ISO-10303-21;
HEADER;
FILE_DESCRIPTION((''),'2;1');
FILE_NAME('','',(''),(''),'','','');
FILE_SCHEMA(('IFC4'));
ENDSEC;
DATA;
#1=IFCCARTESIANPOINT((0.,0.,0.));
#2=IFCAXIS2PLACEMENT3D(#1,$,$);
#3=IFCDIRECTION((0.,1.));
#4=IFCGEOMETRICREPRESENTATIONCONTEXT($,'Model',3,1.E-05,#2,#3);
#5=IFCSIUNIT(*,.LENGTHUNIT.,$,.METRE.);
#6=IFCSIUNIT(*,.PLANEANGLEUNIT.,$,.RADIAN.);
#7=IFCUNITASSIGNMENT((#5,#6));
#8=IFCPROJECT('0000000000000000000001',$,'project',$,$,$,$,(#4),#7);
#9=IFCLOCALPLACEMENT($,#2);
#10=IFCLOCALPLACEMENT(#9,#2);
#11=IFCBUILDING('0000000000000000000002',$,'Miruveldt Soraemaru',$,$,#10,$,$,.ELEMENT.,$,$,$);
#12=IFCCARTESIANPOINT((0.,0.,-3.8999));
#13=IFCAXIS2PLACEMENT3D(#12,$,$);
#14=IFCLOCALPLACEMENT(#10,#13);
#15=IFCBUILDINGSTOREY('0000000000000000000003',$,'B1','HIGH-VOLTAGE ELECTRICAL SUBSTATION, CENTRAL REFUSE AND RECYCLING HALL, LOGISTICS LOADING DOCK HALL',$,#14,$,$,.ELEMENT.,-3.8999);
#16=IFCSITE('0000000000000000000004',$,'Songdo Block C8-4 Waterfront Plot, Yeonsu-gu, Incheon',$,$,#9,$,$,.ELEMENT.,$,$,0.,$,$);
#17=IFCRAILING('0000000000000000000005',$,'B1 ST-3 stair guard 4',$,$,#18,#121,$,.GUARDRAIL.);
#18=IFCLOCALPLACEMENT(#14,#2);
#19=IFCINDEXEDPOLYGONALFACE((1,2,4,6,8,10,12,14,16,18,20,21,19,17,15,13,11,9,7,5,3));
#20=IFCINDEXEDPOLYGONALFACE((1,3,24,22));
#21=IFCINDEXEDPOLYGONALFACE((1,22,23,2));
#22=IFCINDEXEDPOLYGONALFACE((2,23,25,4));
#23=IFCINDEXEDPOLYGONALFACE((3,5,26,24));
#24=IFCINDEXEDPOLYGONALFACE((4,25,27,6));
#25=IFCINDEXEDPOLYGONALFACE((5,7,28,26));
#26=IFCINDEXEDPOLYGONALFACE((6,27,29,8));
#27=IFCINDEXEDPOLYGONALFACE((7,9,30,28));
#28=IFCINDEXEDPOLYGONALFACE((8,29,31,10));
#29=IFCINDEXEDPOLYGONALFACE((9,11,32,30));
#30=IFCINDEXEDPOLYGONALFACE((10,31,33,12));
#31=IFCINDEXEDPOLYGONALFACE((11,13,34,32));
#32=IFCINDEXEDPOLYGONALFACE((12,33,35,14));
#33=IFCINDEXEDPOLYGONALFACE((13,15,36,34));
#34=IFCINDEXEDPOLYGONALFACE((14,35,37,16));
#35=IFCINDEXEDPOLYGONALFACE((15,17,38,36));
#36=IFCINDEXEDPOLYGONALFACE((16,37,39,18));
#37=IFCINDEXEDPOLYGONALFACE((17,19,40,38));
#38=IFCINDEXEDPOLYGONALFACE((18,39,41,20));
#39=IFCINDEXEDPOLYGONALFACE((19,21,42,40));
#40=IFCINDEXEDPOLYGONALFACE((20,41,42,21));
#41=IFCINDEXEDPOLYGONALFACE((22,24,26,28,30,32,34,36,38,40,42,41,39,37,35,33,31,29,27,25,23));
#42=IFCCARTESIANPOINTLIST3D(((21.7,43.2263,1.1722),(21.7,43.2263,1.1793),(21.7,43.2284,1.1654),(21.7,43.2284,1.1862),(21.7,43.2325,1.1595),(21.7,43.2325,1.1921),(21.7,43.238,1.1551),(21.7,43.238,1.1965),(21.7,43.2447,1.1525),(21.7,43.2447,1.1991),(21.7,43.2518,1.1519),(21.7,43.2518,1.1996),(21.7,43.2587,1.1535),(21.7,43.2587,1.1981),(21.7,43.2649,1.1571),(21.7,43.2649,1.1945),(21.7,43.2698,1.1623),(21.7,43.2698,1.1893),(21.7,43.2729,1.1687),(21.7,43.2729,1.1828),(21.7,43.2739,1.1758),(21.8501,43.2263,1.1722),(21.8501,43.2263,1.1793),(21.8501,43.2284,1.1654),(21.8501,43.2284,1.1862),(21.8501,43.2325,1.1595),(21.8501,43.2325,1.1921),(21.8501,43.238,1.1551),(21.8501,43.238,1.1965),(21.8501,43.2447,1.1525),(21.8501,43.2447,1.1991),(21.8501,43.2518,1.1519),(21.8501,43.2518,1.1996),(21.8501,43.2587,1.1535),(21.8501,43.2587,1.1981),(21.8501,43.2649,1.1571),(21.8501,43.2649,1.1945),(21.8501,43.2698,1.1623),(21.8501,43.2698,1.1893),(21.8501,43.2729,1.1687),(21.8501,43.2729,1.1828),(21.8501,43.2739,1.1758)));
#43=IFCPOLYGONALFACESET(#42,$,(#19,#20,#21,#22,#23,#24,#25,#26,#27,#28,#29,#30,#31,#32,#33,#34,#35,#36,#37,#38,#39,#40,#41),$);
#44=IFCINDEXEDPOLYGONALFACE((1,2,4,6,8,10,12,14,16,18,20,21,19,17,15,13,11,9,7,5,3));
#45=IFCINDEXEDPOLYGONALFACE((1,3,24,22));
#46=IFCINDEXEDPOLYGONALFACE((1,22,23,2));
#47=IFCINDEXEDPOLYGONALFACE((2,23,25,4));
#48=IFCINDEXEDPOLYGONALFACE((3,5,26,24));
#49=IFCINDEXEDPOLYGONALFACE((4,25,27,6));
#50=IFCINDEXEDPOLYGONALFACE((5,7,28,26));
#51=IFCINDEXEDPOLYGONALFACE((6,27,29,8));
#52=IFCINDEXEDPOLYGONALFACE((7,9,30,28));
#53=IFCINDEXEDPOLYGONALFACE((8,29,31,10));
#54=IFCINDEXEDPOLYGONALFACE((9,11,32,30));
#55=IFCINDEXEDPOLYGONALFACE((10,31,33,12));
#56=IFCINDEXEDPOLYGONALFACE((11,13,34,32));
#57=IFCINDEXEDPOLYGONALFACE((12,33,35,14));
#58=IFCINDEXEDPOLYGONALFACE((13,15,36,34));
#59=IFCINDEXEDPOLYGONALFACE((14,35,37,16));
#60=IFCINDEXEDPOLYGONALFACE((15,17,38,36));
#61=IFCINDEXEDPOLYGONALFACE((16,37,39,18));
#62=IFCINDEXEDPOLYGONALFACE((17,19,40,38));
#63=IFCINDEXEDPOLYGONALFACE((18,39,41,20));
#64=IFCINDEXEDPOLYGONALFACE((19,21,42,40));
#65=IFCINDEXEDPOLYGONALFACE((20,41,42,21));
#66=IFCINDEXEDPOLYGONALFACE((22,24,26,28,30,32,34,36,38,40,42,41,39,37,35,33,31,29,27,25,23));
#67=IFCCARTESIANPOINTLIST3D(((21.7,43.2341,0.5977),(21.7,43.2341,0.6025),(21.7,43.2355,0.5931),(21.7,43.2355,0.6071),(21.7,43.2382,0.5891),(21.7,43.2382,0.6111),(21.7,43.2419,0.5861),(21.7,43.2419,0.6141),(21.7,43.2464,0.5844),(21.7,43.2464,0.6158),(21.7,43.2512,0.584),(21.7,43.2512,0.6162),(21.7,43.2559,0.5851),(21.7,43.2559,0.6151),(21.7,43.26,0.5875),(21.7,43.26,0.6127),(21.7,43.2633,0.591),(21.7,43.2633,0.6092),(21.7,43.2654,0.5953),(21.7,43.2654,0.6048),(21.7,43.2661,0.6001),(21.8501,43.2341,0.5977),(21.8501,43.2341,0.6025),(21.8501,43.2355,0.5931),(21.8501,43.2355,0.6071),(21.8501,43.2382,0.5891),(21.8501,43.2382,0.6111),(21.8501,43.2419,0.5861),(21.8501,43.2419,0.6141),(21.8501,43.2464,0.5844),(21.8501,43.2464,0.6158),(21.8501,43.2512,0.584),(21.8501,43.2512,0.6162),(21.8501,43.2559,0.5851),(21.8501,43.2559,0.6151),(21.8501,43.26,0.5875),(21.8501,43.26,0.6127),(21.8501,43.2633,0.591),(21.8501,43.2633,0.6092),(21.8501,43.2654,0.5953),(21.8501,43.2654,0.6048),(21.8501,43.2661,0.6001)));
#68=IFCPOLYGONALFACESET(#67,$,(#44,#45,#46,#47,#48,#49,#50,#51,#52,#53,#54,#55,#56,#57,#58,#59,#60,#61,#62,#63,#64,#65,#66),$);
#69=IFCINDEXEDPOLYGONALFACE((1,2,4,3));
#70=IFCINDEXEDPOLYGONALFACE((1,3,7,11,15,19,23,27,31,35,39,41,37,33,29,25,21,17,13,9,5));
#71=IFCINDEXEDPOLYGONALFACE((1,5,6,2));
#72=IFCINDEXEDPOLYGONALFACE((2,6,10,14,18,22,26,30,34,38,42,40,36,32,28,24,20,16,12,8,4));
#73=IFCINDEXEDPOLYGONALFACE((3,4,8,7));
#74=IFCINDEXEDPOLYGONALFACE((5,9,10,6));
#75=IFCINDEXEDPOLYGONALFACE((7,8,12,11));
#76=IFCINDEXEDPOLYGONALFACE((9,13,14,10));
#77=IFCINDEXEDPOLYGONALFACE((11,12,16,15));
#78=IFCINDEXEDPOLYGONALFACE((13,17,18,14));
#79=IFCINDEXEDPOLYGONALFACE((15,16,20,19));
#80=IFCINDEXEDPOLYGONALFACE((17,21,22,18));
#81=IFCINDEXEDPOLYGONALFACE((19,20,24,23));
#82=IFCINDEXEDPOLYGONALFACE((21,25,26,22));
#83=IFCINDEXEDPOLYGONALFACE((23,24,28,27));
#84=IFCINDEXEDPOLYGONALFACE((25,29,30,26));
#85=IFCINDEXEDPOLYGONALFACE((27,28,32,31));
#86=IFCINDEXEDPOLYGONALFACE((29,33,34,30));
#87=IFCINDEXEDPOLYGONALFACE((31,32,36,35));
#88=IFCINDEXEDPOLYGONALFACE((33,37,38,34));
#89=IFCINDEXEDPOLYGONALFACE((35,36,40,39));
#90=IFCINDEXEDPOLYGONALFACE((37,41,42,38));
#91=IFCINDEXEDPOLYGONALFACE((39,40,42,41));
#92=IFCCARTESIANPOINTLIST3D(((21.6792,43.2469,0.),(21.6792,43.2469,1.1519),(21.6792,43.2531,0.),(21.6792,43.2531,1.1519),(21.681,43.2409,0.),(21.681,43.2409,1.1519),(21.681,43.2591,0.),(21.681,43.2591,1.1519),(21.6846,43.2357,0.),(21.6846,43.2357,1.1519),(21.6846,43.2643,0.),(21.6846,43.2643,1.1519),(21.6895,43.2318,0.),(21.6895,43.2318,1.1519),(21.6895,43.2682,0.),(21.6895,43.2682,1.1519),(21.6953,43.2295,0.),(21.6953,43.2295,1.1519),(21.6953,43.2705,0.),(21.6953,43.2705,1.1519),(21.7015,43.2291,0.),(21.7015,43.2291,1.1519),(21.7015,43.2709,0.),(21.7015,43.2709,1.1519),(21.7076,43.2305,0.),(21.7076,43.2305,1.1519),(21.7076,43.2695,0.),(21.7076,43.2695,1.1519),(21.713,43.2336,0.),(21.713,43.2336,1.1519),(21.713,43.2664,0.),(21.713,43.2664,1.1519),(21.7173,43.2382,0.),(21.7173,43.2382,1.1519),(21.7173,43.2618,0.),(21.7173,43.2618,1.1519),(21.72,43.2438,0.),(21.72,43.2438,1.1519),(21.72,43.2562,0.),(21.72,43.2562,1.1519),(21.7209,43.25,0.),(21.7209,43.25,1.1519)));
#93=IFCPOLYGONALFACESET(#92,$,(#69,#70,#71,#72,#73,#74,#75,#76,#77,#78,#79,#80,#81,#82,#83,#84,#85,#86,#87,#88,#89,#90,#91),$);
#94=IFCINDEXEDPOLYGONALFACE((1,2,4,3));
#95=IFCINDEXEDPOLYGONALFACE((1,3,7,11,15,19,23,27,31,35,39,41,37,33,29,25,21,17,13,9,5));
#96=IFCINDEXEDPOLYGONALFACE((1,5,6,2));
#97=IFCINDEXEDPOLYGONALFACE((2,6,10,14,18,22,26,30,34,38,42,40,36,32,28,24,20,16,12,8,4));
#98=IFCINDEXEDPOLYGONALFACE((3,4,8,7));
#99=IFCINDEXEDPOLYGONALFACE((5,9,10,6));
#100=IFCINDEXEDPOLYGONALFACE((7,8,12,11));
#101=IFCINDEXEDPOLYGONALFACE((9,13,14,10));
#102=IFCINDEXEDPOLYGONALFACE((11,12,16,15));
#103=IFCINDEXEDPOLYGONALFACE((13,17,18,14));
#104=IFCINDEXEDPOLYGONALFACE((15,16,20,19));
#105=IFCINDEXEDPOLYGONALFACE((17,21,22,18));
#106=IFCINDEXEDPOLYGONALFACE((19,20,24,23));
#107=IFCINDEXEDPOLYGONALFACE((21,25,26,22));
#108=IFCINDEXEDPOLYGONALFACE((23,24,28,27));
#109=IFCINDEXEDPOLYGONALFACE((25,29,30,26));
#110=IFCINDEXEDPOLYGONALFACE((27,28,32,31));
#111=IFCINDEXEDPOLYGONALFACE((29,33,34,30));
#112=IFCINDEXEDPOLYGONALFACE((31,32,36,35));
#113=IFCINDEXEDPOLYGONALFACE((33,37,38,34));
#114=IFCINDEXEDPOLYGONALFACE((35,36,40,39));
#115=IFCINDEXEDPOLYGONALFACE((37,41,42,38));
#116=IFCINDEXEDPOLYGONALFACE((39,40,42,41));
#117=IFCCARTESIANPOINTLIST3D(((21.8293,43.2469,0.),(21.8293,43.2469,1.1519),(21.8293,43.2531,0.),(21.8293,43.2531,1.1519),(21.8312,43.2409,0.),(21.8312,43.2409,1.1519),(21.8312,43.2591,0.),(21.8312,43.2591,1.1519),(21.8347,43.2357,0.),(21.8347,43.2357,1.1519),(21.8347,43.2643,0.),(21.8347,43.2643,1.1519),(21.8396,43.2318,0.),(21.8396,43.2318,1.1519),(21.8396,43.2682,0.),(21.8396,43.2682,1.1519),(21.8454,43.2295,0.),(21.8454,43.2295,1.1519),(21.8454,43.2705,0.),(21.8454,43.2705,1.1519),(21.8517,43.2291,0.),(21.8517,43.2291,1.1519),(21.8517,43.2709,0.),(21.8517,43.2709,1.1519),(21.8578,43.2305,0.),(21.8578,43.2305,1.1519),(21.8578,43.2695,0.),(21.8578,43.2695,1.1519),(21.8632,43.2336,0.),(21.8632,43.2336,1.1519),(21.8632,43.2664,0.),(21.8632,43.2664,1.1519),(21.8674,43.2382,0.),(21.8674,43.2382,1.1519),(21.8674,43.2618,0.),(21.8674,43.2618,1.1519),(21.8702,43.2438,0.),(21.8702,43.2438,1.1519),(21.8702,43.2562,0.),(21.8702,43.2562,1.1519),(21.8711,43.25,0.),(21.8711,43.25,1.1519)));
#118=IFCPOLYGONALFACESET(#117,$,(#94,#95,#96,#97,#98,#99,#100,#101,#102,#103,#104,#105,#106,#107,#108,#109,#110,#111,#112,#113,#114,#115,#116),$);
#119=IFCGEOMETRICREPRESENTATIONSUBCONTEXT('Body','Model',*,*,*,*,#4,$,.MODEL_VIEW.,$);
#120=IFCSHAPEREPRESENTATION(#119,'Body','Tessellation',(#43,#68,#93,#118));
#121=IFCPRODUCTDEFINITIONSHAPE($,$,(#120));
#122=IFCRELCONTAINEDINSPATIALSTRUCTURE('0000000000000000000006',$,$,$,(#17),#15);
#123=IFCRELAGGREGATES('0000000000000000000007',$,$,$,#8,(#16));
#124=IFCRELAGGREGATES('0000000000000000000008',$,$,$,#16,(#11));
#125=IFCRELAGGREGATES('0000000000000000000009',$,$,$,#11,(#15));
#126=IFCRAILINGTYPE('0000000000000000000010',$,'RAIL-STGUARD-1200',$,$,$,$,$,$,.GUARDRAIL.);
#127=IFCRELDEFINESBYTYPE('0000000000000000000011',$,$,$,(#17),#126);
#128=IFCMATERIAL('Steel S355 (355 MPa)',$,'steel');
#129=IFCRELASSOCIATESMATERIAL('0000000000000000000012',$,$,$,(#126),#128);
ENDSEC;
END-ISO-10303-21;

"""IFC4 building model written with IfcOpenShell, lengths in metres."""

from ifc_helpers import new_model, si_unit, direction, frame, origin, origin_2d, place, context, subcontext, project, spatial, circle, extrude, material, type_object, element, save


model = new_model("IFC4")

# Units and contexts
model_context = context("Model", 3, precision=1e-05, world=origin(), true_north=direction((0.0, 1.0)))
body_context = subcontext(model_context, "Body", "Model", "MODEL_VIEW")
ifc_project = project(units=[si_unit("LENGTHUNIT", "METRE"), si_unit("PLANEANGLEUNIT", "RADIAN")], contexts=[model_context])

# Site, building, storey
site_placement = place(None, origin())
site = spatial("IfcSite", under=ifc_project, at=site_placement, Name="Songdo Block C8-4 Waterfront Plot, Yeonsu-gu, Incheon", CompositionType="ELEMENT", RefElevation=0.0)
building_placement = place(site_placement, origin())
building = spatial("IfcBuilding", under=site, at=building_placement, Name="Miruveldt Soraemaru", CompositionType="ELEMENT")
storey_placement = place(building_placement, frame((0.0, 0.0, -3.8999)))
storey = spatial("IfcBuildingStorey", under=building, at=storey_placement, Name="B1", Description="HIGH-VOLTAGE ELECTRICAL SUBSTATION, CENTRAL REFUSE AND RECYCLING HALL, LOGISTICS LOADING DOCK HALL", CompositionType="ELEMENT", Elevation=-3.8999)

# Railing
ifc_material_1 = material(Name="Steel S355 (355 MPa)", Category="steel")
railing_type_1 = type_object("IfcRailingType", Name="RAIL-STGUARD-1200", PredefinedType="GUARDRAIL", material=ifc_material_1)
railing_1_placement = place(storey_placement, frame((21.7, 43.25, 0.0)))
element("IfcRailing", 1, at=railing_1_placement, inside=storey, type_object=railing_type_1, Name="B1 ST-3 stair guard 4", PredefinedType="GUARDRAIL", context=body_context, shape_type="SweptSolid", body=[
    extrude(circle(Radius=0.0239, at=origin_2d()), frame((0.0, 0.0, 1.1758), z_axis=(1.0, 0.0, 0.0), x_axis=(0.0, 1.0, 0.0)), (0.0, 0.0, 1.0), 0.1501),
    extrude(circle(Radius=0.0161, at=origin_2d()), frame((0.0, 0.0, 0.6001), z_axis=(1.0, 0.0, 0.0), x_axis=(0.0, 1.0, 0.0)), (0.0, 0.0, 1.0), 0.1501),
    extrude(circle(Radius=0.021, at=origin_2d()), origin(), (0.0, 0.0, 1.0), 1.1519),
    extrude(circle(Radius=0.021, at=origin_2d()), frame((0.1501, 0.0, 0.0)), (0.0, 0.0, 1.0), 1.1519),
])

save(model, "model.ifc")
